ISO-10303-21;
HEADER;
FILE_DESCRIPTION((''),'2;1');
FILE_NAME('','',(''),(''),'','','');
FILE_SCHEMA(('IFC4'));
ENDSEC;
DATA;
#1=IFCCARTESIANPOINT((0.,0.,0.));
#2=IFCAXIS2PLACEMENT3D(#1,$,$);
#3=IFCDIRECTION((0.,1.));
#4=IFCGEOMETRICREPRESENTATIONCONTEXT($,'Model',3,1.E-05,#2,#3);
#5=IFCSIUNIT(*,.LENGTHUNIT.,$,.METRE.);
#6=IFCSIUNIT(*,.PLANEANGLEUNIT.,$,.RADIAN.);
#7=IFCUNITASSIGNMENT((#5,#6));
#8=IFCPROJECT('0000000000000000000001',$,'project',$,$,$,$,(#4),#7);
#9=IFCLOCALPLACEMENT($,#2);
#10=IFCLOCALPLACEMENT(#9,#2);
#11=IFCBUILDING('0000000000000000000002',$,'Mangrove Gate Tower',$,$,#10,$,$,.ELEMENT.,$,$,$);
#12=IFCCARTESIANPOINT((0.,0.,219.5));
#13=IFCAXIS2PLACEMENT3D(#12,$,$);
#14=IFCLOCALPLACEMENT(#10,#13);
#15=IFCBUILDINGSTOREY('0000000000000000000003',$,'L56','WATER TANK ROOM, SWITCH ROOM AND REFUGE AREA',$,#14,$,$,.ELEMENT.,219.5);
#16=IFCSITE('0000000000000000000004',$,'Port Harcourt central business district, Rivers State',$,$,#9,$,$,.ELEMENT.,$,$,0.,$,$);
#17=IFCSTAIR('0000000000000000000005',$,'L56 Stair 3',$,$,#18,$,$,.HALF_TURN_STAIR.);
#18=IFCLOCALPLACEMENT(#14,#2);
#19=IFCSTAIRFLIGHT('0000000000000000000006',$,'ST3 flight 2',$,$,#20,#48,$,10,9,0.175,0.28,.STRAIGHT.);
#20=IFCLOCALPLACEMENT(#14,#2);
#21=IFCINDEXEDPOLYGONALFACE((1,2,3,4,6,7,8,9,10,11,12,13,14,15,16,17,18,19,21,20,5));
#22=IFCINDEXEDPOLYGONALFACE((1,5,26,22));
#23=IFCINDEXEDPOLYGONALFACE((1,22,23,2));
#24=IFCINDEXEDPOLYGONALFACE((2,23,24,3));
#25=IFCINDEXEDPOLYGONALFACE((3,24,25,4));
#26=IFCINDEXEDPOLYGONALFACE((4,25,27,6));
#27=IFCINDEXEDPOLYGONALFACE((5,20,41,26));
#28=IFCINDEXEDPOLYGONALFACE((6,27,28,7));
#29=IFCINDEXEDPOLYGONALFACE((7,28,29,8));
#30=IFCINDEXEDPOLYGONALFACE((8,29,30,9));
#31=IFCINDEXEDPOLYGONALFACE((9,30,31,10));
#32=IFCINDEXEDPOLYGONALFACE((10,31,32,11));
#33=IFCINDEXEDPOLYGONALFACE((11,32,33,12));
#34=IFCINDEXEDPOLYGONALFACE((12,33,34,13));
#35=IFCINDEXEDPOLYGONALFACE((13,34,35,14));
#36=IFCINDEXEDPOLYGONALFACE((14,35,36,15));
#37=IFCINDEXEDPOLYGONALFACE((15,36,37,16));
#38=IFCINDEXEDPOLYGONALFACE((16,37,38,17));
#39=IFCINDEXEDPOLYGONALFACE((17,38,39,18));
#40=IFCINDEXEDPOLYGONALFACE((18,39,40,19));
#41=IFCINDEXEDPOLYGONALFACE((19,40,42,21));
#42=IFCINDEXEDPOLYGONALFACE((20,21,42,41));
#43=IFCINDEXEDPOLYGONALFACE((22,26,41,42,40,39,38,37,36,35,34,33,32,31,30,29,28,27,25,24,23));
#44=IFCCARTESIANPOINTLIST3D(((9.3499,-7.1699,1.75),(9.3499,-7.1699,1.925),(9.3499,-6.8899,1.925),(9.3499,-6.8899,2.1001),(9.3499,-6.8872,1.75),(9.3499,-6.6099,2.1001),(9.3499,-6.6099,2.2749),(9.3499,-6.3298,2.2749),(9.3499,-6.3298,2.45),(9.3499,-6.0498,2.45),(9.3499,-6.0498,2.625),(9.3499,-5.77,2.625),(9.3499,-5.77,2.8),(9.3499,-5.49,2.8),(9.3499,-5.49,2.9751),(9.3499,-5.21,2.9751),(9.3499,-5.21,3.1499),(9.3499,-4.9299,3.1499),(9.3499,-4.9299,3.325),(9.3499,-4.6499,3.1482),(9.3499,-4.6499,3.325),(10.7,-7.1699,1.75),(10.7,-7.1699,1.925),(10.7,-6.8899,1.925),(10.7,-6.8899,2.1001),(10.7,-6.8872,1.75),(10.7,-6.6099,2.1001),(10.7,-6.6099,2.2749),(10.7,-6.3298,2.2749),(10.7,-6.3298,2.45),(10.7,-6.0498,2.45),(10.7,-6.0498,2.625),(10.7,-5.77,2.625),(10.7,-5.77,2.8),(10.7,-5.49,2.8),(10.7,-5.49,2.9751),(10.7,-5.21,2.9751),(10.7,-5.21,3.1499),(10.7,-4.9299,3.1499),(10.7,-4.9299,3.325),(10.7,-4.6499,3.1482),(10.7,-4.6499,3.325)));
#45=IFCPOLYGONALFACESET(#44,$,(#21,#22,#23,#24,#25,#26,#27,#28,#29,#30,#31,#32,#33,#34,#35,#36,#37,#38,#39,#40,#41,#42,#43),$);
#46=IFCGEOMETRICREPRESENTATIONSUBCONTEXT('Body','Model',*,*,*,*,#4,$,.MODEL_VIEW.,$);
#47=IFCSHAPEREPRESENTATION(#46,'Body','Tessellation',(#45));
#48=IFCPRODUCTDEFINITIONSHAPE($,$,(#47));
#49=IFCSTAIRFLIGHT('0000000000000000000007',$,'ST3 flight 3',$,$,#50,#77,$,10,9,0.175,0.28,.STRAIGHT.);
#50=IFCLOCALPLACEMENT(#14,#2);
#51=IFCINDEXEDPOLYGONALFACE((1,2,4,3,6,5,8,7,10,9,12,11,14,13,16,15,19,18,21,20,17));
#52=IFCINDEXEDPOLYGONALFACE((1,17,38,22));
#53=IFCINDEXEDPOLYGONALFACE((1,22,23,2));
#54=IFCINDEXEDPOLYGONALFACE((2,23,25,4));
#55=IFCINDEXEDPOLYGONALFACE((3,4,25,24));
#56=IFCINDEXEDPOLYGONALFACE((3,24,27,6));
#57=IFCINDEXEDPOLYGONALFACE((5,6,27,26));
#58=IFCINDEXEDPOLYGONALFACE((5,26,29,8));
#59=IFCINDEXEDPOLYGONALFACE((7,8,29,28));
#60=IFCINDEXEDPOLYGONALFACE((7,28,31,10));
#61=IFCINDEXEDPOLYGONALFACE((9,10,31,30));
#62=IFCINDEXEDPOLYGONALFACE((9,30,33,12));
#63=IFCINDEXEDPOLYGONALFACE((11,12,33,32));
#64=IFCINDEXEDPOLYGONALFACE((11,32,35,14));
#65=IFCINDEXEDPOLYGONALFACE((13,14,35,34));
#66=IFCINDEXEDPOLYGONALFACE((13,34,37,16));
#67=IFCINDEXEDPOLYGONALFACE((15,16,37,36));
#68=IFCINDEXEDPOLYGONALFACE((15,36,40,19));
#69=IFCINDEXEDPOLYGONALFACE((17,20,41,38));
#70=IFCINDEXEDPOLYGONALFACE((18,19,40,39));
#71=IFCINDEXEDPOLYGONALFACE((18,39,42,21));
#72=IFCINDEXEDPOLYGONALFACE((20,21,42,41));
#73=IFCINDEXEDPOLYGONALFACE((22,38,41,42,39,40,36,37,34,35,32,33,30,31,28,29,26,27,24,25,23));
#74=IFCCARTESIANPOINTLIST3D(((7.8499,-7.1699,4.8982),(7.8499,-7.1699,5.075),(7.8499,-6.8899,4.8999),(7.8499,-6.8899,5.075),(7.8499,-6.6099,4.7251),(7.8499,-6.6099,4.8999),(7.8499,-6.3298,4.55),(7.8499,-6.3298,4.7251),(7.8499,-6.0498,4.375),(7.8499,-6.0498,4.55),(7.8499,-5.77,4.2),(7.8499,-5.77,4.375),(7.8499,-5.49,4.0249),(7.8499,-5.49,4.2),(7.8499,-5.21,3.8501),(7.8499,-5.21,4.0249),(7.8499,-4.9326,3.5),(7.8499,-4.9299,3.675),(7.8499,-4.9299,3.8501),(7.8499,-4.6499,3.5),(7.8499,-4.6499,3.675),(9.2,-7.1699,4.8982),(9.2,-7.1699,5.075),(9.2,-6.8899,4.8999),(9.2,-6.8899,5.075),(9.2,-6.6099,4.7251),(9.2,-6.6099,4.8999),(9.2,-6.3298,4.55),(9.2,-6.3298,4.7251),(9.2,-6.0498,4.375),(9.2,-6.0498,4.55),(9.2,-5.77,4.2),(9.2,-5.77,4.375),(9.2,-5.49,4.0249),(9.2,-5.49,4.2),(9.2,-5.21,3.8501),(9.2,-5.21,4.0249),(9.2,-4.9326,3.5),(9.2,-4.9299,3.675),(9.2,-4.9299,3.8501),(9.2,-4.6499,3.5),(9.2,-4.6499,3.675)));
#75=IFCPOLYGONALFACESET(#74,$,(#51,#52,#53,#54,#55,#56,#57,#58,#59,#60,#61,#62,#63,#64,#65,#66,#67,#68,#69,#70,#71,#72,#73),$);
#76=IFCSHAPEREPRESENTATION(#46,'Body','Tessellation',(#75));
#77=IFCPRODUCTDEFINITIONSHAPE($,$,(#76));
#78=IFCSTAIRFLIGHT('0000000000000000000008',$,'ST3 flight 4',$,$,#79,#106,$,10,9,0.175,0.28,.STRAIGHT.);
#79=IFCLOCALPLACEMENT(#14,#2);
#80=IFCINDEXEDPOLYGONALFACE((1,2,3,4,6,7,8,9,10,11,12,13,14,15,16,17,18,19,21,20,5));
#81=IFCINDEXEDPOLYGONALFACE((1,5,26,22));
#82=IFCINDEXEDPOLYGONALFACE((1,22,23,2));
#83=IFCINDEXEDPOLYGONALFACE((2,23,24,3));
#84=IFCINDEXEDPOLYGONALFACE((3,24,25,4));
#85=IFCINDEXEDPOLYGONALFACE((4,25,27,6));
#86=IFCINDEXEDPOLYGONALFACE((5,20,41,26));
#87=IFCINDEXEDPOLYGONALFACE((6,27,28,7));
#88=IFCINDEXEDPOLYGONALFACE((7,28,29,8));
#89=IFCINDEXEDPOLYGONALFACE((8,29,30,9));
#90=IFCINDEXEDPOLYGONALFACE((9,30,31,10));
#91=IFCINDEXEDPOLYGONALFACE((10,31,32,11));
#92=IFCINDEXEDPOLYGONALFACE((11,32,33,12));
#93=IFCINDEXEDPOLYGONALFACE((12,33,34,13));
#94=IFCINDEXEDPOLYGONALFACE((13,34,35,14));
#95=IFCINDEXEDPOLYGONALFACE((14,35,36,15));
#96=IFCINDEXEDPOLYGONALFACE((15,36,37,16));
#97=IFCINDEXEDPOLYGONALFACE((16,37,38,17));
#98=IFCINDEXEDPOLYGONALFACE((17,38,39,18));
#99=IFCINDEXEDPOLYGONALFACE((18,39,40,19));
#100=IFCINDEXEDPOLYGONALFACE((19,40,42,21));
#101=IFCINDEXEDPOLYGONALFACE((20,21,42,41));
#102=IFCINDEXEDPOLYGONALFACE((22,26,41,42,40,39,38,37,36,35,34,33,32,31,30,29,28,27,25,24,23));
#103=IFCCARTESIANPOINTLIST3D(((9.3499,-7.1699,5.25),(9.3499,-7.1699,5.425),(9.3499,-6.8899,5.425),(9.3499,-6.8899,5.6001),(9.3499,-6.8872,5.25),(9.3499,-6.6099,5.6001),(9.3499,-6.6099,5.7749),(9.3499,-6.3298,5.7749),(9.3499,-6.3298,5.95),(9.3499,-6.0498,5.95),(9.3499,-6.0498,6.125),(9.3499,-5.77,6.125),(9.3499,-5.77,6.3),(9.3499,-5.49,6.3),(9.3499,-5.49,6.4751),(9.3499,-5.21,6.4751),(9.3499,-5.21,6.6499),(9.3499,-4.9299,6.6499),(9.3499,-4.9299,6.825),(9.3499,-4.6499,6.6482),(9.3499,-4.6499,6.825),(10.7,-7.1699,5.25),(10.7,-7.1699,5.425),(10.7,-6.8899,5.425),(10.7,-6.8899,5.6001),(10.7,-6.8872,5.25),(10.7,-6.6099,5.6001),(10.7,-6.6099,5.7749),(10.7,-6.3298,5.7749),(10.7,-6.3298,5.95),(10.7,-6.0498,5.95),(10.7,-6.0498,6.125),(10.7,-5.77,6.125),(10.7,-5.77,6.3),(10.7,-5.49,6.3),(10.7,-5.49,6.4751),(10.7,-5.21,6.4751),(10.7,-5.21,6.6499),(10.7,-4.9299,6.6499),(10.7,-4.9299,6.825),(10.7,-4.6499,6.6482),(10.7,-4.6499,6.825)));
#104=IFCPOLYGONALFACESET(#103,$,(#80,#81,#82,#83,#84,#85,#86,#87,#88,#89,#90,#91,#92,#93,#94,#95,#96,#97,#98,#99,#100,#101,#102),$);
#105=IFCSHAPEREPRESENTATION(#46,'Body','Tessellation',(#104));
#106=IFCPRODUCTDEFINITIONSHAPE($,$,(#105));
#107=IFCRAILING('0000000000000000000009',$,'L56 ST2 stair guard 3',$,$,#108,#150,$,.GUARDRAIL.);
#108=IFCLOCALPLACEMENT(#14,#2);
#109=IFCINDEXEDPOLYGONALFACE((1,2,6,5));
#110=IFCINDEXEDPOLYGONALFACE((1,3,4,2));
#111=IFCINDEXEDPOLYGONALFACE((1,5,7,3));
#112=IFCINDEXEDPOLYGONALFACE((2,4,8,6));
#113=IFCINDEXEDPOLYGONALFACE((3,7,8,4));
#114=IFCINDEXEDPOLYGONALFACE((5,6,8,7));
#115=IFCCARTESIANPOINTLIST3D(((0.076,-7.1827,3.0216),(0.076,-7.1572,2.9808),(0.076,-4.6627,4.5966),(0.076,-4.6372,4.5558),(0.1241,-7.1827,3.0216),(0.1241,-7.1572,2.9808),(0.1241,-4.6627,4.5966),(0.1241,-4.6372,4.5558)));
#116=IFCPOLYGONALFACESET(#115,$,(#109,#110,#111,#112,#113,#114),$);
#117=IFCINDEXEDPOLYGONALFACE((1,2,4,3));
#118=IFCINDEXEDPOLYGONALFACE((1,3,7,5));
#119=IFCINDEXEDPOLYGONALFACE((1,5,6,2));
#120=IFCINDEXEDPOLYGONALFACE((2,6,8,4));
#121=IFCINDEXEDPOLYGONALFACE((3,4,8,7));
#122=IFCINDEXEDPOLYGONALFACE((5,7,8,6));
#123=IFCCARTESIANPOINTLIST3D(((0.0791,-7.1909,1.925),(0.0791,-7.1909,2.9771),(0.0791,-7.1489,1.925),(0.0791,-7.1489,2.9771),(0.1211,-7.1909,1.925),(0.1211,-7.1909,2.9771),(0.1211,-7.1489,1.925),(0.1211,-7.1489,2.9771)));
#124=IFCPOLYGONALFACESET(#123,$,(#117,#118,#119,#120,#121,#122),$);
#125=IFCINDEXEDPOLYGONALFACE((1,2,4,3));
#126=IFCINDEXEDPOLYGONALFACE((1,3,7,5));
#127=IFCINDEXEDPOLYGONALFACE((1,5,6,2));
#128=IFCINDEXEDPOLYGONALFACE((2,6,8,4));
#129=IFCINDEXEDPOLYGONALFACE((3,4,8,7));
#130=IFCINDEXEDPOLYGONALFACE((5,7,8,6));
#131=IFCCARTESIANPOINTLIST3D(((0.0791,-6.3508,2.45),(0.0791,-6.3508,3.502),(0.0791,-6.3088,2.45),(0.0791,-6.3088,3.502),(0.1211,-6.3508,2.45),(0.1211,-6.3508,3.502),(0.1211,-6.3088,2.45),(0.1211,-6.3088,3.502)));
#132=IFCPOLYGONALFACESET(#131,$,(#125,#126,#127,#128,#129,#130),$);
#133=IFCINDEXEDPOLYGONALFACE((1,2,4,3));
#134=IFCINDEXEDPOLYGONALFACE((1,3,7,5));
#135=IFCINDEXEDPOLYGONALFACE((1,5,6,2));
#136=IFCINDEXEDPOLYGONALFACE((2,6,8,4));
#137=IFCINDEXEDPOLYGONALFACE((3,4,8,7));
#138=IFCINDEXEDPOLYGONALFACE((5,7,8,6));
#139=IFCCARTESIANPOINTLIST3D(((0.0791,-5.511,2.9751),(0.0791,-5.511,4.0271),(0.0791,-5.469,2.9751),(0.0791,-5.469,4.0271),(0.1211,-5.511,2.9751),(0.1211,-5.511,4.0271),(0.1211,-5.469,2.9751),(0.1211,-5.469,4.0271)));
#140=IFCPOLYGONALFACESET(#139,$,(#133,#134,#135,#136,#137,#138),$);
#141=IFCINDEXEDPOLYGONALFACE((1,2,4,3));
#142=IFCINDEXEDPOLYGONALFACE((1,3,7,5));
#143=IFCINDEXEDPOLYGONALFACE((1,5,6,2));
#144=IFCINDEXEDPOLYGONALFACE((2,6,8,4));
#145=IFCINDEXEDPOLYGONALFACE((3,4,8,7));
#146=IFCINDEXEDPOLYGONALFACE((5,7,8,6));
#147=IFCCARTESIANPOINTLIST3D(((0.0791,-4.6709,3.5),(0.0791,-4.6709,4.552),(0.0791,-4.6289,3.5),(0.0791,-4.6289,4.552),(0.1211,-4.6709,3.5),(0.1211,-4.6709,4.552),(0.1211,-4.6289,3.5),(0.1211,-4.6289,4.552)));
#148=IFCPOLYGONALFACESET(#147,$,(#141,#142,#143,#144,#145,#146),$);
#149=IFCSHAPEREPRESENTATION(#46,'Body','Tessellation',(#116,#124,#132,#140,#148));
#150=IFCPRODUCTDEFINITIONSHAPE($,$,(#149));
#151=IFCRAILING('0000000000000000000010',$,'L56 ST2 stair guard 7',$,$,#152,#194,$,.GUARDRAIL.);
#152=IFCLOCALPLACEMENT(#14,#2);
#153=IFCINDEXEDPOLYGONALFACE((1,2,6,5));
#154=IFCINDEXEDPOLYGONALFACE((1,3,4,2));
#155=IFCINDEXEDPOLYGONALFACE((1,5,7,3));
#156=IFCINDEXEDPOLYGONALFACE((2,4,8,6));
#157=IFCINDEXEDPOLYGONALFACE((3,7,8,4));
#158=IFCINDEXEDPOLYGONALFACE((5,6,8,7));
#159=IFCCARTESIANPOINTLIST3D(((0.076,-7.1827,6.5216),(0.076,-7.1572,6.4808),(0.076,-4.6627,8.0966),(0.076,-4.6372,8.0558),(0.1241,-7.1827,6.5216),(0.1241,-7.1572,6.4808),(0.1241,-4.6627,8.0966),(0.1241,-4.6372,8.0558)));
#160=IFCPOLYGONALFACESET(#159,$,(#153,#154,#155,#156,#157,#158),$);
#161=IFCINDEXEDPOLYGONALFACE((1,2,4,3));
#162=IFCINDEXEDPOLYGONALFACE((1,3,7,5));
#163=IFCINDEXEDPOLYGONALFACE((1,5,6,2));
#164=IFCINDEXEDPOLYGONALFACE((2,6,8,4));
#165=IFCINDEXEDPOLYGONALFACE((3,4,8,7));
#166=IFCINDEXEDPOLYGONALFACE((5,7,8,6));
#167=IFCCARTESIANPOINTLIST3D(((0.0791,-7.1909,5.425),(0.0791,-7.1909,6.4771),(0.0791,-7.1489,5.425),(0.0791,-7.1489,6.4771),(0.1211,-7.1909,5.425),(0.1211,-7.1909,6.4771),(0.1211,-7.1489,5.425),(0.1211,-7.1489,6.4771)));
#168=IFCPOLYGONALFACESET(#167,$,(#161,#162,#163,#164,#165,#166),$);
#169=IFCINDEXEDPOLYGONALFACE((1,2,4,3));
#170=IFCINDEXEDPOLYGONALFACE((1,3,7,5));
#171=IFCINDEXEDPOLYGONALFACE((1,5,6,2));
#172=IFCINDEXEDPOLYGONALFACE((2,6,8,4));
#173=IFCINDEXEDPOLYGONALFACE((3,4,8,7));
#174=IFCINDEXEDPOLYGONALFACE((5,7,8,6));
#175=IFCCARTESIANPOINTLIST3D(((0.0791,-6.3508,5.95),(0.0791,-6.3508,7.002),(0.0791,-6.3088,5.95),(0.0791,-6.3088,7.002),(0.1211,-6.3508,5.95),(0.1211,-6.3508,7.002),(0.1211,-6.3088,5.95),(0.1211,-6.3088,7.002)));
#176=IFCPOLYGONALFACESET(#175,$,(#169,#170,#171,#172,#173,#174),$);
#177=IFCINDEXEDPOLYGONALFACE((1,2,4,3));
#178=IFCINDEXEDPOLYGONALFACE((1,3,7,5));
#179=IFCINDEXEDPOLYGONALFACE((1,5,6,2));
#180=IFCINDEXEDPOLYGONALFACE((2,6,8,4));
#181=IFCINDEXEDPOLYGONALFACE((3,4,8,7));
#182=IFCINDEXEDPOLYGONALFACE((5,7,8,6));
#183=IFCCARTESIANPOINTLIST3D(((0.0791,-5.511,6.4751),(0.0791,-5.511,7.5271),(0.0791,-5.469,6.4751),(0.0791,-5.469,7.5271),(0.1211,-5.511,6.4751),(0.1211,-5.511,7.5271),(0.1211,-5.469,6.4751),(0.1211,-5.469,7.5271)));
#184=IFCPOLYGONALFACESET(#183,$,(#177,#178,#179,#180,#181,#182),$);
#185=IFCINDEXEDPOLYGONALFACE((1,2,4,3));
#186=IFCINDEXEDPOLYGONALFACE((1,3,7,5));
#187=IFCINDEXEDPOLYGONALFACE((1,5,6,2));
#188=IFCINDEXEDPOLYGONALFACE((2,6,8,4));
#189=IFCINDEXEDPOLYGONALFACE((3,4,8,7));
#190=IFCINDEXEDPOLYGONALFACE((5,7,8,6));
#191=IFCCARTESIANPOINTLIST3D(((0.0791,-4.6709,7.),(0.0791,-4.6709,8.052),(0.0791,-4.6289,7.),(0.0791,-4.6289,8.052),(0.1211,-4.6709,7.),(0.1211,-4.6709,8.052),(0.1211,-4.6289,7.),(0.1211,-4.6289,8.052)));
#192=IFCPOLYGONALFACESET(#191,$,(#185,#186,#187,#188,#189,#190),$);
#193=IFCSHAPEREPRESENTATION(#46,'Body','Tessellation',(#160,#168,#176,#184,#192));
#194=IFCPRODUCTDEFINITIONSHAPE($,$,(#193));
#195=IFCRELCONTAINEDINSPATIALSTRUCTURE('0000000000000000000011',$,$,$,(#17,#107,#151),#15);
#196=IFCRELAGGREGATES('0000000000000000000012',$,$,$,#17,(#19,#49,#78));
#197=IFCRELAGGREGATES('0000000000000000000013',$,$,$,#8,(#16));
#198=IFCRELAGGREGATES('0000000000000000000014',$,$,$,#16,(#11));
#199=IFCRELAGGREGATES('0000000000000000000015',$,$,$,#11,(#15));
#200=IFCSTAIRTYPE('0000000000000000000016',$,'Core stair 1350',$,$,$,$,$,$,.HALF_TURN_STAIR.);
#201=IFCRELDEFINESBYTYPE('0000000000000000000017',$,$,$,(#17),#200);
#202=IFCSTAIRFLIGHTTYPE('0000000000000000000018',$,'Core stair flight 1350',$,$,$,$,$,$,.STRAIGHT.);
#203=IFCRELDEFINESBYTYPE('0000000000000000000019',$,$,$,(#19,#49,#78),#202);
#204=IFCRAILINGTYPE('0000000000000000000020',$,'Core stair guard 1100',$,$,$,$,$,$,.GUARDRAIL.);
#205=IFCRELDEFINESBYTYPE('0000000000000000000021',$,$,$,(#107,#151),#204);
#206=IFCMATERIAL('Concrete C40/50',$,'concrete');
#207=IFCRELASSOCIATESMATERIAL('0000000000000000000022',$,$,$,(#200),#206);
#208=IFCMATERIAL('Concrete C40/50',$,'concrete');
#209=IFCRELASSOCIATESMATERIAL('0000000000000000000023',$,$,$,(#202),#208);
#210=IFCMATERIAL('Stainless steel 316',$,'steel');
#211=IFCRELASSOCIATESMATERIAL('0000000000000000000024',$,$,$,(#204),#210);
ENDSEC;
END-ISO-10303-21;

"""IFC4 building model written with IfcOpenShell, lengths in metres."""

from ifc_helpers import new_model, si_unit, direction, frame, origin, origin_2d, place, context, subcontext, project, spatial, polyline, rectangle, outline, extrude, material, type_object, element, aggregate, save


model = new_model("IFC4")

# Units and contexts
model_context = context("Model", 3, precision=1e-05, world=origin(), true_north=direction((0.0, 1.0)))
body_context = subcontext(model_context, "Body", "Model", "MODEL_VIEW")
ifc_project = project(units=[si_unit("LENGTHUNIT", "METRE"), si_unit("PLANEANGLEUNIT", "RADIAN")], contexts=[model_context])

# Site, building, storey
site_placement = place(None, origin())
site = spatial("IfcSite", under=ifc_project, at=site_placement, Name="Port Harcourt central business district, Rivers State", CompositionType="ELEMENT", RefElevation=0.0)
building_placement = place(site_placement, origin())
building = spatial("IfcBuilding", under=site, at=building_placement, Name="Mangrove Gate Tower", CompositionType="ELEMENT")
storey_placement = place(building_placement, frame((0.0, 0.0, 219.5)))
storey = spatial("IfcBuildingStorey", under=building, at=storey_placement, Name="L56", Description="WATER TANK ROOM, SWITCH ROOM AND REFUGE AREA", CompositionType="ELEMENT", Elevation=219.5)

# Stair, stair flights
ifc_material_1 = material(Name="Concrete C40/50", Category="concrete")
stair_type = type_object("IfcStairType", Name="Core stair 1350", PredefinedType="HALF_TURN_STAIR", material=ifc_material_1)
ifc_material_2 = material(Name="Concrete C40/50", Category="concrete")
stair_flight_type = type_object("IfcStairFlightType", Name="Core stair flight 1350", PredefinedType="STRAIGHT", material=ifc_material_2)
stair_1_placement = place(storey_placement, origin())
stair_1 = element("IfcStair", 1, at=stair_1_placement, inside=storey, type_object=stair_type, Name="L56 Stair 3", PredefinedType="HALF_TURN_STAIR")
stair_flight_1_placement = place(storey_placement, frame((10.0249, -7.1699, 1.75), z_axis=(0.0, 0.0, 1.0), x_axis=(0.0, 1.0, 0.0)))
stair_flight_1 = element("IfcStairFlight", 2, at=stair_flight_1_placement, type_object=stair_flight_type, Name="ST3 flight 2", NumberOfRisers=10, NumberOfTreads=9, PredefinedType="STRAIGHT", RiserHeight=0.175, TreadLength=0.28, context=body_context, shape_type="SweptSolid", body=[
    extrude(outline(polyline([(0.0, 0.0), (0.0, 0.175), (0.28, 0.175), (0.28, 0.3501), (0.5601, 0.3501), (0.5601, 0.5249), (0.8401, 0.5249), (0.8401, 0.7), (1.1201, 0.7), (1.1201, 0.875), (1.3999, 0.875), (1.3999, 1.05), (1.6799, 1.05), (1.6799, 1.2251), (1.96, 1.2251), (1.96, 1.3999), (2.24, 1.3999), (2.24, 1.575), (2.52, 1.575), (2.52, 1.75), (2.52, 1.3982), (0.2827, 0.0), (0.0, 0.0)])), frame((0.0, 0.675, 0.0), z_axis=(0.0, -1.0, 0.0), x_axis=(1.0, 0.0, 0.0)), (0.0, 0.0, 1.0), 1.3501),
])
stair_flight_2_placement = place(storey_placement, frame((8.5249, -4.6499, 3.5), z_axis=(0.0, 0.0, 1.0), x_axis=(0.0, -1.0, 0.0)))
stair_flight_2 = element("IfcStairFlight", 3, at=stair_flight_2_placement, type_object=stair_flight_type, Name="ST3 flight 3", NumberOfRisers=10, NumberOfTreads=9, PredefinedType="STRAIGHT", RiserHeight=0.175, TreadLength=0.28, context=body_context, shape_type="SweptSolid", body=[
    extrude(outline(polyline([(0.0, 0.0), (0.0, 0.175), (0.28, 0.175), (0.28, 0.3501), (0.5601, 0.3501), (0.5601, 0.5249), (0.8401, 0.5249), (0.8401, 0.7), (1.1201, 0.7), (1.1201, 0.875), (1.3999, 0.875), (1.3999, 1.05), (1.6799, 1.05), (1.6799, 1.2251), (1.96, 1.2251), (1.96, 1.3999), (2.24, 1.3999), (2.24, 1.575), (2.52, 1.575), (2.52, 1.75), (2.52, 1.3982), (0.2827, 0.0), (0.0, 0.0)])), frame((0.0, 0.675, 0.0), z_axis=(0.0, -1.0, 0.0), x_axis=(1.0, 0.0, 0.0)), (0.0, 0.0, 1.0), 1.3501),
])
stair_flight_3_placement = place(storey_placement, frame((10.0249, -7.1699, 5.25), z_axis=(0.0, 0.0, 1.0), x_axis=(0.0, 1.0, 0.0)))
stair_flight_3 = element("IfcStairFlight", 4, at=stair_flight_3_placement, type_object=stair_flight_type, Name="ST3 flight 4", NumberOfRisers=10, NumberOfTreads=9, PredefinedType="STRAIGHT", RiserHeight=0.175, TreadLength=0.28, context=body_context, shape_type="SweptSolid", body=[
    extrude(outline(polyline([(0.0, 0.0), (0.0, 0.175), (0.28, 0.175), (0.28, 0.3501), (0.5601, 0.3501), (0.5601, 0.5249), (0.8401, 0.5249), (0.8401, 0.7), (1.1201, 0.7), (1.1201, 0.875), (1.3999, 0.875), (1.3999, 1.05), (1.6799, 1.05), (1.6799, 1.2251), (1.96, 1.2251), (1.96, 1.3999), (2.24, 1.3999), (2.24, 1.575), (2.52, 1.575), (2.52, 1.75), (2.52, 1.3982), (0.2827, 0.0), (0.0, 0.0)])), frame((0.0, 0.675, 0.0), z_axis=(0.0, -1.0, 0.0), x_axis=(1.0, 0.0, 0.0)), (0.0, 0.0, 1.0), 1.3501),
])
aggregate(stair_1, [stair_flight_1, stair_flight_2, stair_flight_3])

# Railings
ifc_material_3 = material(Name="Stainless steel 316", Category="steel")
railing_type_1 = type_object("IfcRailingType", Name="Core stair guard 1100", PredefinedType="GUARDRAIL", material=ifc_material_3)
for number, where, name in (
    (5, (0.1001, -7.1699, 1.925), "L56 ST2 stair guard 3"),
    (6, (0.1001, -7.1699, 5.425), "L56 ST2 stair guard 7"),
):
    element("IfcRailing", number, at=place(storey_placement, frame(where)), inside=storey, type_object=railing_type_1, Name=name, PredefinedType="GUARDRAIL", context=body_context, shape_type="SweptSolid", body=[
        extrude(rectangle(XDim=0.0481, YDim=0.0481, at=origin_2d()), frame((0.0, 0.0, 1.0762), z_axis=(0.0, 0.848008, 0.529984), x_axis=(-1.0, 0.0, 0.0)), (0.0, 0.0, 1.0), 2.9717),
        extrude(rectangle(XDim=0.042, YDim=0.042, at=origin_2d()), origin(), (0.0, 0.0, 1.0), 1.052),
        extrude(rectangle(XDim=0.042, YDim=0.042, at=origin_2d()), frame((0.0, 0.8401, 0.5249)), (0.0, 0.0, 1.0), 1.052),
        extrude(rectangle(XDim=0.042, YDim=0.042, at=origin_2d()), frame((0.0, 1.6799, 1.05)), (0.0, 0.0, 1.0), 1.052),
        extrude(rectangle(XDim=0.042, YDim=0.042, at=origin_2d()), frame((0.0, 2.52, 1.575)), (0.0, 0.0, 1.0), 1.052),
    ])

save(model, "model.ifc")
